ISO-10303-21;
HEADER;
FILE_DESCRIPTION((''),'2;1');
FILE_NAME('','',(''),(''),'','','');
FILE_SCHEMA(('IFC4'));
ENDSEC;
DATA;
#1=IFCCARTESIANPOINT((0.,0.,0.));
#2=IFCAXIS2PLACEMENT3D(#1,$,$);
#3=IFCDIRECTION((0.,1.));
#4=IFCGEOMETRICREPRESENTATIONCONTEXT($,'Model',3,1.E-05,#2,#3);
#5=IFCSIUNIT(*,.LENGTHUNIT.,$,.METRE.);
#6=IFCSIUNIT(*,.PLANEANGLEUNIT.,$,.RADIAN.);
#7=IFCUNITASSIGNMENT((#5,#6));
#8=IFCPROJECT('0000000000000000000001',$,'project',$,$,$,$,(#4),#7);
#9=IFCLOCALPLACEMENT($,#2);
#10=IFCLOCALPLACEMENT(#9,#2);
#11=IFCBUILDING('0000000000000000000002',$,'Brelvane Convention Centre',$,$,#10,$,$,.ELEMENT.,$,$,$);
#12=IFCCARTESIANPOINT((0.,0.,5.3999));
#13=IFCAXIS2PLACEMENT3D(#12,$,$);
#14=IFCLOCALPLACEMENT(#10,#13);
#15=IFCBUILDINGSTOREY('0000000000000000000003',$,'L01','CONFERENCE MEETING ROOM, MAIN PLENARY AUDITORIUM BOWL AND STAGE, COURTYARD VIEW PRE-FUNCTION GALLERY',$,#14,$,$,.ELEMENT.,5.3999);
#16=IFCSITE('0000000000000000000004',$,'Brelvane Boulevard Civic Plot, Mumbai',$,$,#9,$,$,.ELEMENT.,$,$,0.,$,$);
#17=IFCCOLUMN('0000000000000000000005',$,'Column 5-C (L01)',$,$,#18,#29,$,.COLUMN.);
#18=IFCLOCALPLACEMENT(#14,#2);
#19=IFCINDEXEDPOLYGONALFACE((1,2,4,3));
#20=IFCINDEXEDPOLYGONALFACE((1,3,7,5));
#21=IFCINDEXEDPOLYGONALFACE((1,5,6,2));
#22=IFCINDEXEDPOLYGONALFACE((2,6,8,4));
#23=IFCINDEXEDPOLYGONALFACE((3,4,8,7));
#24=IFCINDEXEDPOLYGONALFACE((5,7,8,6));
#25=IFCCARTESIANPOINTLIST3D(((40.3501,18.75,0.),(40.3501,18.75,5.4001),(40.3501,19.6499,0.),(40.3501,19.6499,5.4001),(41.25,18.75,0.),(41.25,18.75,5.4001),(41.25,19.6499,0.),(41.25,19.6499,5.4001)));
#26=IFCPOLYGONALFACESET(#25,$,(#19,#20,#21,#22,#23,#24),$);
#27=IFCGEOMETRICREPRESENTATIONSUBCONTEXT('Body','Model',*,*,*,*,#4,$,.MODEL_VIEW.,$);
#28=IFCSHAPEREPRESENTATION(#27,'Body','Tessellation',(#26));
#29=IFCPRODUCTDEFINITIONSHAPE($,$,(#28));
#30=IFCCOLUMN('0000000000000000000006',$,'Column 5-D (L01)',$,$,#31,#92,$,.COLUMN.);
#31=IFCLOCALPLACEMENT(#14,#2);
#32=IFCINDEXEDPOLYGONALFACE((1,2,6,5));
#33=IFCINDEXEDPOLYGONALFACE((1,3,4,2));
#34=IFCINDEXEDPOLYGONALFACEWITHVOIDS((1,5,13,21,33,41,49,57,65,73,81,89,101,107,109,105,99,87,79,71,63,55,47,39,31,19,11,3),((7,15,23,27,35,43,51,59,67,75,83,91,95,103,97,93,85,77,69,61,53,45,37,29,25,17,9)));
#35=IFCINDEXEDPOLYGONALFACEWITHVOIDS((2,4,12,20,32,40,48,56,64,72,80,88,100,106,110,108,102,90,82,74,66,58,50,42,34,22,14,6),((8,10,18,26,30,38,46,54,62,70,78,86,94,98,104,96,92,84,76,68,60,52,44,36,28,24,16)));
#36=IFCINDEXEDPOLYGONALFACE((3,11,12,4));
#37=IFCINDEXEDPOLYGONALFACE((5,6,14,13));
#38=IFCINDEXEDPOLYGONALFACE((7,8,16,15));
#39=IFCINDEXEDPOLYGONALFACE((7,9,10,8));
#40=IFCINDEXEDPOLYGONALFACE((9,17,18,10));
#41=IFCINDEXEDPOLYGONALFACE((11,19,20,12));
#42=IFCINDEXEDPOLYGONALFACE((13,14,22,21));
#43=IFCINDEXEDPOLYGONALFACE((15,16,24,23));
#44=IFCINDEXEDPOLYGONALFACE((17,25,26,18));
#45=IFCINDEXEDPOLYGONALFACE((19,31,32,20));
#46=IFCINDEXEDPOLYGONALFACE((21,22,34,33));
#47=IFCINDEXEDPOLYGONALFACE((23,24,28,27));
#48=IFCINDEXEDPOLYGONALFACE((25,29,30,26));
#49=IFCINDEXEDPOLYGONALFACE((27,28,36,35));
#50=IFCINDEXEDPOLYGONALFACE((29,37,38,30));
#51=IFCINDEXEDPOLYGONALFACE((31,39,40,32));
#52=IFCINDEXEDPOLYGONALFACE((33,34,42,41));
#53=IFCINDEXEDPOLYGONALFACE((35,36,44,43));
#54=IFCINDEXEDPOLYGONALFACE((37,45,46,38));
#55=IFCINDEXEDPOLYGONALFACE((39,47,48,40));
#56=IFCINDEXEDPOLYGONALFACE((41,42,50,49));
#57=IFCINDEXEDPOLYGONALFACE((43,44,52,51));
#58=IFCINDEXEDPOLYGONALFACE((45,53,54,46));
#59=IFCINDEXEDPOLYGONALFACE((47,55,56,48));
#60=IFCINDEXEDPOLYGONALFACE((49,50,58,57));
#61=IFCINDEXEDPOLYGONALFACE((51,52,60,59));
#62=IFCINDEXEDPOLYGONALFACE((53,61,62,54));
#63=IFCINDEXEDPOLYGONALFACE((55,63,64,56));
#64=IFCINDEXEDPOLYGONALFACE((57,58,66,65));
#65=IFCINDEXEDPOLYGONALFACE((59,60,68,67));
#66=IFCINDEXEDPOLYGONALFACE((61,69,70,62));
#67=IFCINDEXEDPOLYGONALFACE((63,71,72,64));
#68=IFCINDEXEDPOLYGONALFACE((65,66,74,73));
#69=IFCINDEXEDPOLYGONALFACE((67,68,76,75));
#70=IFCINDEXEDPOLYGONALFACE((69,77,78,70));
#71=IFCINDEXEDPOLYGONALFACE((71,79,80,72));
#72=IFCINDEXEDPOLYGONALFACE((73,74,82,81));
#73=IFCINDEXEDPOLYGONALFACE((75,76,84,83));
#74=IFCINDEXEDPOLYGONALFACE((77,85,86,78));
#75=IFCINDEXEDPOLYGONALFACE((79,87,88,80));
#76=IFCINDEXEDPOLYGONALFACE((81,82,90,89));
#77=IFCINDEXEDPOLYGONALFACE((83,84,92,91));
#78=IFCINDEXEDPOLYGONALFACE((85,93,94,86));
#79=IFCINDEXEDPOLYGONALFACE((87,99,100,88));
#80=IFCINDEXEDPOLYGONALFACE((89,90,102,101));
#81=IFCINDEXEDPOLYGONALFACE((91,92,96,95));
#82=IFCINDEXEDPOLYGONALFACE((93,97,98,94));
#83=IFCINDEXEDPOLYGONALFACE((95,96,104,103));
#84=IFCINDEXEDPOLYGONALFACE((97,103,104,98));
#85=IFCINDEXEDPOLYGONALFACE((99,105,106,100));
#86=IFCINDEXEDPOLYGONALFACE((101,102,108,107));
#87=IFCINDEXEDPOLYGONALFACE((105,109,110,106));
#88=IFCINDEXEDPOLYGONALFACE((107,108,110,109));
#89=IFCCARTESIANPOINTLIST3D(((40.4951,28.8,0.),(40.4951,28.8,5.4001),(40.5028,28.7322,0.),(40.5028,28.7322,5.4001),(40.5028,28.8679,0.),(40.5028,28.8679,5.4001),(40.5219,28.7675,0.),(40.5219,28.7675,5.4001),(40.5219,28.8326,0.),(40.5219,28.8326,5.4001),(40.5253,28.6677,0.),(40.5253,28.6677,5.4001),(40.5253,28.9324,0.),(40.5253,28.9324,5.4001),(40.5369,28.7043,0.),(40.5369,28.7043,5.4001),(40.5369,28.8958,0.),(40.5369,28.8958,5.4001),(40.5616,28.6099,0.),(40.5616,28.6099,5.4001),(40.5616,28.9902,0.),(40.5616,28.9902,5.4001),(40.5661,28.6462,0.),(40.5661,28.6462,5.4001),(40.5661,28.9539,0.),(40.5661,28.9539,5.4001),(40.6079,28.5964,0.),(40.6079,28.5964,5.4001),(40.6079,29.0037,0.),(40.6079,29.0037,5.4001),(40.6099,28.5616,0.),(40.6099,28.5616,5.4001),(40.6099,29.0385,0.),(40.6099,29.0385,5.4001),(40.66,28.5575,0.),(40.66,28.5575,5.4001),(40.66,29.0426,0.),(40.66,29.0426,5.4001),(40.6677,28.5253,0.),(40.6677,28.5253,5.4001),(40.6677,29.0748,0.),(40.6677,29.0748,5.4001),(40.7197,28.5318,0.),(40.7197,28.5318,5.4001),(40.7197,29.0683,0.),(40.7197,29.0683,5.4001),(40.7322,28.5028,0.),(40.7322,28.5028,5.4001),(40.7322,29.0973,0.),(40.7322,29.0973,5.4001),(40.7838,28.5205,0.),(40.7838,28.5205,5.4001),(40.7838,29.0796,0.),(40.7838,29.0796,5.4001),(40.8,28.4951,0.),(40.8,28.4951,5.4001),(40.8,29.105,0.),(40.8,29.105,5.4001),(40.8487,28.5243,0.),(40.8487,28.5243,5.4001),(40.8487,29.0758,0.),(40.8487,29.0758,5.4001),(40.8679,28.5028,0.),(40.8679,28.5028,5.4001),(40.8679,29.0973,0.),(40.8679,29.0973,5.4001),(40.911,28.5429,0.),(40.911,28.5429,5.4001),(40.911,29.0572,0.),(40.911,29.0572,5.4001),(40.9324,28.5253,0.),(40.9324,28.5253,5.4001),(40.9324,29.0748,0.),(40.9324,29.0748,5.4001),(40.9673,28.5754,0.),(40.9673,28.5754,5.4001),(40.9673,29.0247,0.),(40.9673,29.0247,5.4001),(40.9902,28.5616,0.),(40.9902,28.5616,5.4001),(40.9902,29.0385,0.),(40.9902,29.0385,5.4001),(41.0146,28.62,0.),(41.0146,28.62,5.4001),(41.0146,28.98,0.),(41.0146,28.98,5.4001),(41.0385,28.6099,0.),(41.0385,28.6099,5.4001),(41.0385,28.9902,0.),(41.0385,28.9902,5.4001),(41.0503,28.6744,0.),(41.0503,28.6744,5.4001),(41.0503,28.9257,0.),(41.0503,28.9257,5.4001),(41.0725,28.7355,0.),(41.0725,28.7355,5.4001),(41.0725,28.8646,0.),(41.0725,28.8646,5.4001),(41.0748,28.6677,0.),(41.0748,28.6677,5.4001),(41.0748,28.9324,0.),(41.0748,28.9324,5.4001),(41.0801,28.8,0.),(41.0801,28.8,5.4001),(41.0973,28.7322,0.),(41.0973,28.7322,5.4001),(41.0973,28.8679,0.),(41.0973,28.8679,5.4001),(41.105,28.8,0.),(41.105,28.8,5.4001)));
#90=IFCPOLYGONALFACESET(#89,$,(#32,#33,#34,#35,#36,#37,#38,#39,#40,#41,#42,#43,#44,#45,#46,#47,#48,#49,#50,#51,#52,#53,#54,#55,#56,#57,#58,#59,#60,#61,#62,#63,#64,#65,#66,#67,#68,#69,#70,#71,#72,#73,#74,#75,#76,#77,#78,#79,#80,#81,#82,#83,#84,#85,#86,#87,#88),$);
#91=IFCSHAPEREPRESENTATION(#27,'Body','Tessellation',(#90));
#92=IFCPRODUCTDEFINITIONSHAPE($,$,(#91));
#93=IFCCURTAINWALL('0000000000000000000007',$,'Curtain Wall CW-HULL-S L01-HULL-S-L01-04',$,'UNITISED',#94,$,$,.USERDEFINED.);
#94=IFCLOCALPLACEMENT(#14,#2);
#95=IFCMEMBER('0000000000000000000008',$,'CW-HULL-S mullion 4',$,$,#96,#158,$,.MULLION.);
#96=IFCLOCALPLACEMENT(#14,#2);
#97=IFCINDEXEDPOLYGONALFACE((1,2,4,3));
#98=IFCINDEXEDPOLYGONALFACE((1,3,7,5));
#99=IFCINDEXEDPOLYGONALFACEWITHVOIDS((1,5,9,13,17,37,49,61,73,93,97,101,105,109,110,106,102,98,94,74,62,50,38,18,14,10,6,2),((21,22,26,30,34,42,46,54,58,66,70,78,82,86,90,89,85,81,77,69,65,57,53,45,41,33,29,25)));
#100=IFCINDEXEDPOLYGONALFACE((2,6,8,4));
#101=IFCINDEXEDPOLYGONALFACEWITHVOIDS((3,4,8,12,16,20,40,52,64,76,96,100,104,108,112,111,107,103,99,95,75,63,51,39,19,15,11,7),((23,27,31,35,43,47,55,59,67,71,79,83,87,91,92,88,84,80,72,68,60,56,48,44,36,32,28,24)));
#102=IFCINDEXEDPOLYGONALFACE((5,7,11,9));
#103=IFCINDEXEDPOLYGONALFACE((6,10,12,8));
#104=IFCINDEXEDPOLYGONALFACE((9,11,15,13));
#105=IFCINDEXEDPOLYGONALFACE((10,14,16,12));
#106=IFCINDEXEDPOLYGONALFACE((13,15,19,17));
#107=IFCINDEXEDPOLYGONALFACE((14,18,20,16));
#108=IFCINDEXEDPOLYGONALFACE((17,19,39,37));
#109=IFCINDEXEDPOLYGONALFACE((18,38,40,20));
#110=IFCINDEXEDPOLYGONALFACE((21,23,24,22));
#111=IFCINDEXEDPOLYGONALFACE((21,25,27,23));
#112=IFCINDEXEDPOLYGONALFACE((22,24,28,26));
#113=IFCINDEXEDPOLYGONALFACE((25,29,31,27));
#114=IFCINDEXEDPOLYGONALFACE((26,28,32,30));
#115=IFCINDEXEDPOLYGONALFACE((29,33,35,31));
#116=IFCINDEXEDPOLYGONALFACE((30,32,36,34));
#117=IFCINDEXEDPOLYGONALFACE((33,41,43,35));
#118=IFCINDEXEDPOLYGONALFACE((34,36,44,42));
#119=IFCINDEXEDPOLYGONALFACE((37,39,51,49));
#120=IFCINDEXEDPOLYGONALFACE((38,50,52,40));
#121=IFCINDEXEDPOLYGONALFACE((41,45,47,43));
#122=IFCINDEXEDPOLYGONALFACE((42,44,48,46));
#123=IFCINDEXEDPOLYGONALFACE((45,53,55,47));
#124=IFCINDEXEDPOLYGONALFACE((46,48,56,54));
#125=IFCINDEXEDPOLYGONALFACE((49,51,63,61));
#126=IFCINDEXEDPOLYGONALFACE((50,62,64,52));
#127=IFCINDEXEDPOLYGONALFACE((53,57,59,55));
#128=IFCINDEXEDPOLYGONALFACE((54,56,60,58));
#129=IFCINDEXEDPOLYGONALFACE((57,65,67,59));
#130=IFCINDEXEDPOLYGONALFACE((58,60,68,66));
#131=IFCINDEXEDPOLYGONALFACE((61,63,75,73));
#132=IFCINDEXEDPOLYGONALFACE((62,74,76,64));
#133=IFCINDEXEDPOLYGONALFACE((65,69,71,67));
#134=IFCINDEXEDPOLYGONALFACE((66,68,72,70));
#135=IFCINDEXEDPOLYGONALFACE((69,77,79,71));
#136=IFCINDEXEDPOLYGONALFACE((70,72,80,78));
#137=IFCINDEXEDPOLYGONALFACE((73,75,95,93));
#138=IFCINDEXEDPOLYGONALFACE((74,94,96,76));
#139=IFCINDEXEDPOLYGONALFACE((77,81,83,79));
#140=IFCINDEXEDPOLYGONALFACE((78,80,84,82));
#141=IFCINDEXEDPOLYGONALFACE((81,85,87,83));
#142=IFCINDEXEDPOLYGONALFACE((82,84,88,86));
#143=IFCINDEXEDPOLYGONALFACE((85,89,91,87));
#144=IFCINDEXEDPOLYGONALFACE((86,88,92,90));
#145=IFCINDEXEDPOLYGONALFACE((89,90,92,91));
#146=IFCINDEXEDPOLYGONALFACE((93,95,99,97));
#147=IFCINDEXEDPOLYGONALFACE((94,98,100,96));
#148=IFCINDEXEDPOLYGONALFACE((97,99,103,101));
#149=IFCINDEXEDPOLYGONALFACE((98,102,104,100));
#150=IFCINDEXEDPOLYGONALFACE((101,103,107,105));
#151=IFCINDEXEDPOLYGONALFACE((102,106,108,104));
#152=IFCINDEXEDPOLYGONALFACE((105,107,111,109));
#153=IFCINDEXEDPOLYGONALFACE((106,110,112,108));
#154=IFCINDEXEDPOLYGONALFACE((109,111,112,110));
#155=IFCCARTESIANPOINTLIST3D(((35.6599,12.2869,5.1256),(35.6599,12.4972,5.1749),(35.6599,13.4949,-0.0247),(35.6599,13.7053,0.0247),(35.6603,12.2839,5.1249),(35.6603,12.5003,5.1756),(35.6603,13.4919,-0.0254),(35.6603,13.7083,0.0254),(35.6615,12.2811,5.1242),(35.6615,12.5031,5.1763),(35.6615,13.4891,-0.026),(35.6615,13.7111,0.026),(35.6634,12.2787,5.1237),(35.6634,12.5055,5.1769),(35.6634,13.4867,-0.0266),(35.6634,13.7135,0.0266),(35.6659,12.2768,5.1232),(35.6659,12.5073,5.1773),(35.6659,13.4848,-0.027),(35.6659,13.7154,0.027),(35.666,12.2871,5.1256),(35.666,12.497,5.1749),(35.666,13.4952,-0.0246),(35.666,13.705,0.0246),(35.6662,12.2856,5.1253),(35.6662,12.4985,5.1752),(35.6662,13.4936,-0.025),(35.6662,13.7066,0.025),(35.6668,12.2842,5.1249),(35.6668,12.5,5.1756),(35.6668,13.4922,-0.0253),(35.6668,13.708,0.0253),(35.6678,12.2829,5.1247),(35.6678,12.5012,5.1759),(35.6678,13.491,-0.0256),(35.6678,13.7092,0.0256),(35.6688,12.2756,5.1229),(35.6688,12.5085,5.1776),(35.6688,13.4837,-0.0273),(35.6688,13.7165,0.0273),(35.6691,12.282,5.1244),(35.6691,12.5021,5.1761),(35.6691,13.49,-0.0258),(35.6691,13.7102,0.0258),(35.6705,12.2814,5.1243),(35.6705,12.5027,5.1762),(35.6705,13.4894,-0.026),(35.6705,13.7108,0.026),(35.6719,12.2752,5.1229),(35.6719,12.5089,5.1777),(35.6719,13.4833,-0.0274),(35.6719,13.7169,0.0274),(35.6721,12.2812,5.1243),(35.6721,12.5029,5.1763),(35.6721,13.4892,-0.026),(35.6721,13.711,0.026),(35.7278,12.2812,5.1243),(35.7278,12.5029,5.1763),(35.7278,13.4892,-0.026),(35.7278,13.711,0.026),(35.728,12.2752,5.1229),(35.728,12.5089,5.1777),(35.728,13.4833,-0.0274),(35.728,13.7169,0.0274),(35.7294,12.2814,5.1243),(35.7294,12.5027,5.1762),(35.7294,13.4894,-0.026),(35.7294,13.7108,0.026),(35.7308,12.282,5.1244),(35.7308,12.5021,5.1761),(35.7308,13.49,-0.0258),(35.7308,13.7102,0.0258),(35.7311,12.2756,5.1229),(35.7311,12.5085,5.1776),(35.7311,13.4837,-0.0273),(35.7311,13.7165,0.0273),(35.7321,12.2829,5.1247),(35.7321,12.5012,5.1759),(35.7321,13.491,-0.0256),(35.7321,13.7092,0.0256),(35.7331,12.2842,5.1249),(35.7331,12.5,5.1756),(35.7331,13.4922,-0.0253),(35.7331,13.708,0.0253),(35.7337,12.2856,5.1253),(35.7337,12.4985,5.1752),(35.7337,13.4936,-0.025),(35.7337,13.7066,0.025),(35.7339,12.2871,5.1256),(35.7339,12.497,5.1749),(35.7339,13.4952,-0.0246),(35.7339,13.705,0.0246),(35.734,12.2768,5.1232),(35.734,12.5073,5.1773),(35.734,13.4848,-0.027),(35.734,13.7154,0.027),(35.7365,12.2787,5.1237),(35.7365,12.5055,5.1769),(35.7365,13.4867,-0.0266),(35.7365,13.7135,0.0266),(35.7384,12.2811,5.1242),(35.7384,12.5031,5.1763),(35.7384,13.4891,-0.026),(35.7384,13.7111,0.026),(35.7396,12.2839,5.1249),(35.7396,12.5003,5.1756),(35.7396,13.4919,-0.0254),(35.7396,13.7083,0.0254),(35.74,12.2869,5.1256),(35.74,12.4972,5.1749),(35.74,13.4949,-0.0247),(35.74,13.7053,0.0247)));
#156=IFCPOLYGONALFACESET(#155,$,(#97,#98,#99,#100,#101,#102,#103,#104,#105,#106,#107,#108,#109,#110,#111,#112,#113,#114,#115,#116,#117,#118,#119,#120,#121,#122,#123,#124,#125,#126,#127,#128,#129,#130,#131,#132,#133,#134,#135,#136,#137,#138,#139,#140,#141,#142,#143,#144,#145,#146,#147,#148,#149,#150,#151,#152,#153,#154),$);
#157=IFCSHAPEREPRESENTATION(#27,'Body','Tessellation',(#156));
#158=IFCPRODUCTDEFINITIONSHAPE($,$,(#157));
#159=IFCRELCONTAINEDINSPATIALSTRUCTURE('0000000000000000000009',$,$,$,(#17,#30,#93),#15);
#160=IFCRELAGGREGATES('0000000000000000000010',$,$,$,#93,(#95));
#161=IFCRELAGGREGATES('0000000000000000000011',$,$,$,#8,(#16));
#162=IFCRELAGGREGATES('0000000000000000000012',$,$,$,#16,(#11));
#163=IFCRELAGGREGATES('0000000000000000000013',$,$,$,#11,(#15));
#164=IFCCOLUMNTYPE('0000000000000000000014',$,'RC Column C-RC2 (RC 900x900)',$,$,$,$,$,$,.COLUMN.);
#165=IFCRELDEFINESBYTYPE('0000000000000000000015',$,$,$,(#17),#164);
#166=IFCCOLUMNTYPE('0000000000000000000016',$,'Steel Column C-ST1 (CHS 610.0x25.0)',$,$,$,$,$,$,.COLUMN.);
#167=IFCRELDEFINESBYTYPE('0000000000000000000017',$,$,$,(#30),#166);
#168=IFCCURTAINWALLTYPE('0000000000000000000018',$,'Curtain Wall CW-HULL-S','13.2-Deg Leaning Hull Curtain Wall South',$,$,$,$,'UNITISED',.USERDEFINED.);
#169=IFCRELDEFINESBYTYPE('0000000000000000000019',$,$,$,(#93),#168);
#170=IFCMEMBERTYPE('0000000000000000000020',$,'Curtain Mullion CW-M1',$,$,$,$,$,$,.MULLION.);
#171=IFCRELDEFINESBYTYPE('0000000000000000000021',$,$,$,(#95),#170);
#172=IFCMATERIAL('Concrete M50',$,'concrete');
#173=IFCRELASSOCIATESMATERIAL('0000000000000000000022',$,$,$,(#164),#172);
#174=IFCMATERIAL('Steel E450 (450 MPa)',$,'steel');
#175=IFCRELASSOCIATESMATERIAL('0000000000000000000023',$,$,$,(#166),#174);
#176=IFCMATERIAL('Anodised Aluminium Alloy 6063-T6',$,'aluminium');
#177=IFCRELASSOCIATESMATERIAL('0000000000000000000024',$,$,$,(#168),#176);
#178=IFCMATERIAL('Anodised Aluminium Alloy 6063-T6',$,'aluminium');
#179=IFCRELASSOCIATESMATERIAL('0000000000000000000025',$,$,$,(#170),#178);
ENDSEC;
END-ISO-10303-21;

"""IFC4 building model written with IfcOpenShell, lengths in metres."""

from ifc_helpers import new_model, si_unit, direction, frame, origin, origin_2d, place, context, subcontext, project, spatial, rectangle, hollow_rectangle, hollow_circle, extrude, material, material_profile, profile_set, type_object, element, aggregate, save


model = new_model("IFC4")

# Units and contexts
model_context = context("Model", 3, precision=1e-05, world=origin(), true_north=direction((0.0, 1.0)))
body_context = subcontext(model_context, "Body", "Model", "MODEL_VIEW")
ifc_project = project(units=[si_unit("LENGTHUNIT", "METRE"), si_unit("PLANEANGLEUNIT", "RADIAN")], contexts=[model_context])

# Site, building, storey
site_placement = place(None, origin())
site = spatial("IfcSite", under=ifc_project, at=site_placement, Name="Brelvane Boulevard Civic Plot, Mumbai", CompositionType="ELEMENT", RefElevation=0.0)
building_placement = place(site_placement, origin())
building = spatial("IfcBuilding", under=site, at=building_placement, Name="Brelvane Convention Centre", CompositionType="ELEMENT")
storey_placement = place(building_placement, frame((0.0, 0.0, 5.3999)))
storey = spatial("IfcBuildingStorey", under=building, at=storey_placement, Name="L01", Description="CONFERENCE MEETING ROOM, MAIN PLENARY AUDITORIUM BOWL AND STAGE, COURTYARD VIEW PRE-FUNCTION GALLERY", CompositionType="ELEMENT", Elevation=5.3999)

# Columns
ifc_material_1 = material(Name="Concrete M50", Category="concrete")
ifc_material_profile_1 = material_profile(ifc_material_1, rectangle(XDim=0.8999, YDim=0.8999, at=origin_2d()), Name="RC 900x900")
ifc_profile_set_1 = profile_set([ifc_material_profile_1], Name="Concrete M50")
column_type_1 = type_object("IfcColumnType", Name="RC Column C-RC2 (RC 900x900)", PredefinedType="COLUMN", material=ifc_profile_set_1)
column_1_placement = place(storey_placement, frame((40.8, 19.2, 0.0), z_axis=(0.0, 0.0, 1.0), x_axis=(1.0, 0.0, 0.0)))
element("IfcColumn", 1, at=column_1_placement, inside=storey, type_object=column_type_1, Name="Column 5-C (L01)", PredefinedType="COLUMN", context=body_context, shape_type="SweptSolid", body=[
    extrude(rectangle(XDim=0.8999, YDim=0.8999, at=origin_2d()), origin(), (0.0, 0.0, 1.0), 5.4001),
])
ifc_material_2 = material(Name="Steel E450 (450 MPa)", Category="steel")
ifc_material_profile_2 = material_profile(ifc_material_2, hollow_circle(Radius=0.3049, WallThickness=0.0249, at=origin_2d()), Name="CHS 610.0x25.0")
ifc_profile_set_2 = profile_set([ifc_material_profile_2], Name="Steel E450 (450 MPa)")
column_type_2 = type_object("IfcColumnType", Name="Steel Column C-ST1 (CHS 610.0x25.0)", PredefinedType="COLUMN", material=ifc_profile_set_2)
column_2_placement = place(storey_placement, frame((40.8, 28.8, 0.0), z_axis=(0.0, 0.0, 1.0), x_axis=(1.0, 0.0, 0.0)))
element("IfcColumn", 2, at=column_2_placement, inside=storey, type_object=column_type_2, Name="Column 5-D (L01)", PredefinedType="COLUMN", context=body_context, shape_type="SweptSolid", body=[
    extrude(hollow_circle(Radius=0.3049, WallThickness=0.0249, at=origin_2d()), origin(), (0.0, 0.0, 1.0), 5.4001),
])

# Curtain wall, member
ifc_material_3 = material(Name="Anodised Aluminium Alloy 6063-T6", Category="aluminium")
curtain_wall_type = type_object("IfcCurtainWallType", Name="Curtain Wall CW-HULL-S", Description="13.2-Deg Leaning Hull Curtain Wall South", ElementType="UNITISED", PredefinedType="USERDEFINED", material=ifc_material_3)
curtain_wall_1_placement = place(storey_placement, origin())
curtain_wall_1 = element("IfcCurtainWall", 3, at=curtain_wall_1_placement, inside=storey, type_object=curtain_wall_type, Name="Curtain Wall CW-HULL-S L01-HULL-S-L01-04", ObjectType="UNITISED", PredefinedType="USERDEFINED")
ifc_material_4 = material(Name="Anodised Aluminium Alloy 6063-T6", Category="aluminium")
ifc_material_profile_3 = material_profile(ifc_material_4, hollow_rectangle(XDim=0.0801, YDim=0.24, WallThickness=0.0061, InnerFilletRadius=0.0061, OuterFilletRadius=0.012, at=origin_2d()), Name="ALU-M 240x80x6.0")
ifc_profile_set_3 = profile_set([ifc_material_profile_3], Name="Anodised Aluminium Alloy 6063-T6")
member_type_1 = type_object("IfcMemberType", Name="Curtain Mullion CW-M1", PredefinedType="MULLION", material=ifc_profile_set_3)
member_1_placement = place(storey_placement, frame((35.7, 13.6001, 0.0), z_axis=(0.0, -0.22836, 0.973577), x_axis=(1.0, 0.0, 0.0)))
member_1 = element("IfcMember", 4, at=member_1_placement, type_object=member_type_1, Name="CW-HULL-S mullion 4", PredefinedType="MULLION", context=body_context, shape_type="SweptSolid", body=[
    extrude(hollow_rectangle(XDim=0.0801, YDim=0.24, WallThickness=0.0061, InnerFilletRadius=0.0061, OuterFilletRadius=0.012, at=origin_2d()), origin(), (0.0, 0.0, 1.0), 5.29),
])

aggregate(curtain_wall_1, [member_1])

save(model, "model.ifc")
